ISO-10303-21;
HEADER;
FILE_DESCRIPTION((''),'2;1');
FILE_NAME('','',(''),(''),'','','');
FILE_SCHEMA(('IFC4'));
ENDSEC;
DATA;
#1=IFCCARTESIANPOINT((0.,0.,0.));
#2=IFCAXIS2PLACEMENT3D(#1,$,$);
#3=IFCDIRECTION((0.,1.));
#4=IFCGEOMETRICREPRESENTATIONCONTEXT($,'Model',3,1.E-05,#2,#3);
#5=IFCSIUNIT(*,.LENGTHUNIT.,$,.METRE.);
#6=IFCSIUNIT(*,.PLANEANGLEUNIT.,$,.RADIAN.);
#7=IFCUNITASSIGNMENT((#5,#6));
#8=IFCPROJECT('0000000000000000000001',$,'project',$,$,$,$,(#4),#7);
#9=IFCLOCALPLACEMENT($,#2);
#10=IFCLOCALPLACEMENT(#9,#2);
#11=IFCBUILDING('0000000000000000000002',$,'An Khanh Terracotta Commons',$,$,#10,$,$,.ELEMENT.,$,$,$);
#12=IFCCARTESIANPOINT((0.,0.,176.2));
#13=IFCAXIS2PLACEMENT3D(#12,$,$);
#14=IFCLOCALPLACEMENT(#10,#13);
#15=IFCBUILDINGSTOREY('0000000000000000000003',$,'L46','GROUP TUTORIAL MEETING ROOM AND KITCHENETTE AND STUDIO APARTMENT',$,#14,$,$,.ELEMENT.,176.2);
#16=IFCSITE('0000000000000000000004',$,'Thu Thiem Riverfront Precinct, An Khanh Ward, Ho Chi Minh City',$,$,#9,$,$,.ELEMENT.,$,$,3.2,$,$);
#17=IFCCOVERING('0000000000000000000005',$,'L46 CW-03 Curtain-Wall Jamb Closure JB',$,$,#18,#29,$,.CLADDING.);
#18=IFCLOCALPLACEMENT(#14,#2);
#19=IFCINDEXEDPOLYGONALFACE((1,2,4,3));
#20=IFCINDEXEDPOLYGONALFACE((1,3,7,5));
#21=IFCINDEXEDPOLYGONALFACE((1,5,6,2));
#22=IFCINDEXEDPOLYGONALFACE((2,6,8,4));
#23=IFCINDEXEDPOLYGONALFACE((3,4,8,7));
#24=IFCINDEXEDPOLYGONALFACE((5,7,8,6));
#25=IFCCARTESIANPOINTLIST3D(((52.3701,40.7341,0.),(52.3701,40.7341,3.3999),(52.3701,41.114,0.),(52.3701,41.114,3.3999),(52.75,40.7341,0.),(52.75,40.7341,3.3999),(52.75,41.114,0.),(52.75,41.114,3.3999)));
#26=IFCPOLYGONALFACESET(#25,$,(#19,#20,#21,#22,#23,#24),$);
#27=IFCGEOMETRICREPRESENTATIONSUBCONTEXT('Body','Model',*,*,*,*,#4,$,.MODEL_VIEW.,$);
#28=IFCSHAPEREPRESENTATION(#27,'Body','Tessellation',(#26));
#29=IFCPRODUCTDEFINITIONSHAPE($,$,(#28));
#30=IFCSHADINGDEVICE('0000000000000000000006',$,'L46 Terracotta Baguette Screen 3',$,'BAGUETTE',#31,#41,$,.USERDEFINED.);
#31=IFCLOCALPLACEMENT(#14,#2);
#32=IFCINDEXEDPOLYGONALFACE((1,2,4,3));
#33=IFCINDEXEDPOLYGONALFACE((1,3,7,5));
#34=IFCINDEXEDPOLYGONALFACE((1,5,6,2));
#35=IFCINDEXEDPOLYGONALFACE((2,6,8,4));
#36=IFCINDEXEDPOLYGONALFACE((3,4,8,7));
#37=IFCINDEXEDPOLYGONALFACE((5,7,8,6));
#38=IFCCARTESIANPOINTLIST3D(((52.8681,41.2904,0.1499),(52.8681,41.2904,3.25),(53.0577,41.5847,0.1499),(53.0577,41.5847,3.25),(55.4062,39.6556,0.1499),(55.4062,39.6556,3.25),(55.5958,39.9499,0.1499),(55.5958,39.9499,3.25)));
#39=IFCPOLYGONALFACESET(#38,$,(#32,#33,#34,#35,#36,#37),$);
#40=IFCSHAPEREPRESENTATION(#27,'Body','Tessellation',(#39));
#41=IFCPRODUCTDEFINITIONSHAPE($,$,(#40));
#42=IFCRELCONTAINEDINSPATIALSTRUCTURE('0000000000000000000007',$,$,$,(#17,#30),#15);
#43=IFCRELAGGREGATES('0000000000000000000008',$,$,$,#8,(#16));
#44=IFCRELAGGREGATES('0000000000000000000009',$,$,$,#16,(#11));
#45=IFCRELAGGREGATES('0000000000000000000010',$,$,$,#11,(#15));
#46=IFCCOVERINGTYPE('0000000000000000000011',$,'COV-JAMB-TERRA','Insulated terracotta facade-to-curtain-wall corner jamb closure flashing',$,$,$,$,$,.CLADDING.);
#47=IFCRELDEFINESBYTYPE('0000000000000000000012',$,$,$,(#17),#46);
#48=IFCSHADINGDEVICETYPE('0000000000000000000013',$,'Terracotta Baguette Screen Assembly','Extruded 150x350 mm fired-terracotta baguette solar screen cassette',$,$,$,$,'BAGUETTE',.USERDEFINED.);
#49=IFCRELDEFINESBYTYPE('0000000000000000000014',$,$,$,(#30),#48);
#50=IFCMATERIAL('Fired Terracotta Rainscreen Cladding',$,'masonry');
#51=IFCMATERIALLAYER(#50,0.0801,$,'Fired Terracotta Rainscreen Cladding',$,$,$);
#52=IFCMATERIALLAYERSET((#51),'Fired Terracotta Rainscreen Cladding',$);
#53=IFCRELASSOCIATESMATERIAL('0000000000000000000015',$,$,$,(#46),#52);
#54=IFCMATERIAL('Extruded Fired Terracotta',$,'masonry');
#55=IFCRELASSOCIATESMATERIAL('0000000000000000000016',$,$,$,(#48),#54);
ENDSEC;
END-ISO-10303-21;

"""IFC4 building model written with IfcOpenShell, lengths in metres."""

from ifc_helpers import new_model, si_unit, direction, frame, origin, origin_2d, place, context, subcontext, project, spatial, rectangle, extrude, material, layer, layer_set, type_object, element, save


model = new_model("IFC4")

# Units and contexts
model_context = context("Model", 3, precision=1e-05, world=origin(), true_north=direction((0.0, 1.0)))
body_context = subcontext(model_context, "Body", "Model", "MODEL_VIEW")
ifc_project = project(units=[si_unit("LENGTHUNIT", "METRE"), si_unit("PLANEANGLEUNIT", "RADIAN")], contexts=[model_context])

# Site, building, storey
site_placement = place(None, origin())
site = spatial("IfcSite", under=ifc_project, at=site_placement, Name="Thu Thiem Riverfront Precinct, An Khanh Ward, Ho Chi Minh City", CompositionType="ELEMENT", RefElevation=3.2)
building_placement = place(site_placement, origin())
building = spatial("IfcBuilding", under=site, at=building_placement, Name="An Khanh Terracotta Commons", CompositionType="ELEMENT")
storey_placement = place(building_placement, frame((0.0, 0.0, 176.2)))
storey = spatial("IfcBuildingStorey", under=building, at=storey_placement, Name="L46", Description="GROUP TUTORIAL MEETING ROOM AND KITCHENETTE AND STUDIO APARTMENT", CompositionType="ELEMENT", Elevation=176.2)

# Covering
ifc_material_1 = material(Name="Fired Terracotta Rainscreen Cladding", Category="masonry")
ifc_layer_1 = layer(ifc_material_1, 0.0801, Name="Fired Terracotta Rainscreen Cladding")
ifc_layer_set_1 = layer_set([ifc_layer_1], Name="Fired Terracotta Rainscreen Cladding")
covering_type = type_object("IfcCoveringType", Name="COV-JAMB-TERRA", Description="Insulated terracotta facade-to-curtain-wall corner jamb closure flashing", PredefinedType="CLADDING", material=ifc_layer_set_1)
covering_placement = place(storey_placement, frame((52.5601, 40.9241, 0.0), z_axis=(0.0, 0.0, 1.0), x_axis=(1.0, 0.0, 0.0)))
element("IfcCovering", 1, at=covering_placement, inside=storey, type_object=covering_type, Name="L46 CW-03 Curtain-Wall Jamb Closure JB", PredefinedType="CLADDING", context=body_context, shape_type="SweptSolid", body=[
    extrude(rectangle(XDim=0.3799, YDim=0.3799, at=origin_2d()), origin(), (0.0, 0.0, 1.0), 3.3999),
])

# Shading device
ifc_material_2 = material(Name="Extruded Fired Terracotta", Category="masonry")
shading_device_type = type_object("IfcShadingDeviceType", Name="Terracotta Baguette Screen Assembly", Description="Extruded 150x350 mm fired-terracotta baguette solar screen cassette", ElementType="BAGUETTE", PredefinedType="USERDEFINED", material=ifc_material_2)
shading_device_placement = place(storey_placement, frame((54.2319, 40.6201, 0.1499), z_axis=(0.0, 0.0, 1.0), x_axis=(-0.840702, 0.541498, 0.0)))
element("IfcShadingDevice", 2, at=shading_device_placement, inside=storey, type_object=shading_device_type, Name="L46 Terracotta Baguette Screen 3", ObjectType="BAGUETTE", PredefinedType="USERDEFINED", context=body_context, shape_type="SweptSolid", body=[
    extrude(rectangle(XDim=3.019, YDim=0.3501, at=origin_2d()), origin(), (0.0, 0.0, 1.0), 3.1001),
])

save(model, "model.ifc")
